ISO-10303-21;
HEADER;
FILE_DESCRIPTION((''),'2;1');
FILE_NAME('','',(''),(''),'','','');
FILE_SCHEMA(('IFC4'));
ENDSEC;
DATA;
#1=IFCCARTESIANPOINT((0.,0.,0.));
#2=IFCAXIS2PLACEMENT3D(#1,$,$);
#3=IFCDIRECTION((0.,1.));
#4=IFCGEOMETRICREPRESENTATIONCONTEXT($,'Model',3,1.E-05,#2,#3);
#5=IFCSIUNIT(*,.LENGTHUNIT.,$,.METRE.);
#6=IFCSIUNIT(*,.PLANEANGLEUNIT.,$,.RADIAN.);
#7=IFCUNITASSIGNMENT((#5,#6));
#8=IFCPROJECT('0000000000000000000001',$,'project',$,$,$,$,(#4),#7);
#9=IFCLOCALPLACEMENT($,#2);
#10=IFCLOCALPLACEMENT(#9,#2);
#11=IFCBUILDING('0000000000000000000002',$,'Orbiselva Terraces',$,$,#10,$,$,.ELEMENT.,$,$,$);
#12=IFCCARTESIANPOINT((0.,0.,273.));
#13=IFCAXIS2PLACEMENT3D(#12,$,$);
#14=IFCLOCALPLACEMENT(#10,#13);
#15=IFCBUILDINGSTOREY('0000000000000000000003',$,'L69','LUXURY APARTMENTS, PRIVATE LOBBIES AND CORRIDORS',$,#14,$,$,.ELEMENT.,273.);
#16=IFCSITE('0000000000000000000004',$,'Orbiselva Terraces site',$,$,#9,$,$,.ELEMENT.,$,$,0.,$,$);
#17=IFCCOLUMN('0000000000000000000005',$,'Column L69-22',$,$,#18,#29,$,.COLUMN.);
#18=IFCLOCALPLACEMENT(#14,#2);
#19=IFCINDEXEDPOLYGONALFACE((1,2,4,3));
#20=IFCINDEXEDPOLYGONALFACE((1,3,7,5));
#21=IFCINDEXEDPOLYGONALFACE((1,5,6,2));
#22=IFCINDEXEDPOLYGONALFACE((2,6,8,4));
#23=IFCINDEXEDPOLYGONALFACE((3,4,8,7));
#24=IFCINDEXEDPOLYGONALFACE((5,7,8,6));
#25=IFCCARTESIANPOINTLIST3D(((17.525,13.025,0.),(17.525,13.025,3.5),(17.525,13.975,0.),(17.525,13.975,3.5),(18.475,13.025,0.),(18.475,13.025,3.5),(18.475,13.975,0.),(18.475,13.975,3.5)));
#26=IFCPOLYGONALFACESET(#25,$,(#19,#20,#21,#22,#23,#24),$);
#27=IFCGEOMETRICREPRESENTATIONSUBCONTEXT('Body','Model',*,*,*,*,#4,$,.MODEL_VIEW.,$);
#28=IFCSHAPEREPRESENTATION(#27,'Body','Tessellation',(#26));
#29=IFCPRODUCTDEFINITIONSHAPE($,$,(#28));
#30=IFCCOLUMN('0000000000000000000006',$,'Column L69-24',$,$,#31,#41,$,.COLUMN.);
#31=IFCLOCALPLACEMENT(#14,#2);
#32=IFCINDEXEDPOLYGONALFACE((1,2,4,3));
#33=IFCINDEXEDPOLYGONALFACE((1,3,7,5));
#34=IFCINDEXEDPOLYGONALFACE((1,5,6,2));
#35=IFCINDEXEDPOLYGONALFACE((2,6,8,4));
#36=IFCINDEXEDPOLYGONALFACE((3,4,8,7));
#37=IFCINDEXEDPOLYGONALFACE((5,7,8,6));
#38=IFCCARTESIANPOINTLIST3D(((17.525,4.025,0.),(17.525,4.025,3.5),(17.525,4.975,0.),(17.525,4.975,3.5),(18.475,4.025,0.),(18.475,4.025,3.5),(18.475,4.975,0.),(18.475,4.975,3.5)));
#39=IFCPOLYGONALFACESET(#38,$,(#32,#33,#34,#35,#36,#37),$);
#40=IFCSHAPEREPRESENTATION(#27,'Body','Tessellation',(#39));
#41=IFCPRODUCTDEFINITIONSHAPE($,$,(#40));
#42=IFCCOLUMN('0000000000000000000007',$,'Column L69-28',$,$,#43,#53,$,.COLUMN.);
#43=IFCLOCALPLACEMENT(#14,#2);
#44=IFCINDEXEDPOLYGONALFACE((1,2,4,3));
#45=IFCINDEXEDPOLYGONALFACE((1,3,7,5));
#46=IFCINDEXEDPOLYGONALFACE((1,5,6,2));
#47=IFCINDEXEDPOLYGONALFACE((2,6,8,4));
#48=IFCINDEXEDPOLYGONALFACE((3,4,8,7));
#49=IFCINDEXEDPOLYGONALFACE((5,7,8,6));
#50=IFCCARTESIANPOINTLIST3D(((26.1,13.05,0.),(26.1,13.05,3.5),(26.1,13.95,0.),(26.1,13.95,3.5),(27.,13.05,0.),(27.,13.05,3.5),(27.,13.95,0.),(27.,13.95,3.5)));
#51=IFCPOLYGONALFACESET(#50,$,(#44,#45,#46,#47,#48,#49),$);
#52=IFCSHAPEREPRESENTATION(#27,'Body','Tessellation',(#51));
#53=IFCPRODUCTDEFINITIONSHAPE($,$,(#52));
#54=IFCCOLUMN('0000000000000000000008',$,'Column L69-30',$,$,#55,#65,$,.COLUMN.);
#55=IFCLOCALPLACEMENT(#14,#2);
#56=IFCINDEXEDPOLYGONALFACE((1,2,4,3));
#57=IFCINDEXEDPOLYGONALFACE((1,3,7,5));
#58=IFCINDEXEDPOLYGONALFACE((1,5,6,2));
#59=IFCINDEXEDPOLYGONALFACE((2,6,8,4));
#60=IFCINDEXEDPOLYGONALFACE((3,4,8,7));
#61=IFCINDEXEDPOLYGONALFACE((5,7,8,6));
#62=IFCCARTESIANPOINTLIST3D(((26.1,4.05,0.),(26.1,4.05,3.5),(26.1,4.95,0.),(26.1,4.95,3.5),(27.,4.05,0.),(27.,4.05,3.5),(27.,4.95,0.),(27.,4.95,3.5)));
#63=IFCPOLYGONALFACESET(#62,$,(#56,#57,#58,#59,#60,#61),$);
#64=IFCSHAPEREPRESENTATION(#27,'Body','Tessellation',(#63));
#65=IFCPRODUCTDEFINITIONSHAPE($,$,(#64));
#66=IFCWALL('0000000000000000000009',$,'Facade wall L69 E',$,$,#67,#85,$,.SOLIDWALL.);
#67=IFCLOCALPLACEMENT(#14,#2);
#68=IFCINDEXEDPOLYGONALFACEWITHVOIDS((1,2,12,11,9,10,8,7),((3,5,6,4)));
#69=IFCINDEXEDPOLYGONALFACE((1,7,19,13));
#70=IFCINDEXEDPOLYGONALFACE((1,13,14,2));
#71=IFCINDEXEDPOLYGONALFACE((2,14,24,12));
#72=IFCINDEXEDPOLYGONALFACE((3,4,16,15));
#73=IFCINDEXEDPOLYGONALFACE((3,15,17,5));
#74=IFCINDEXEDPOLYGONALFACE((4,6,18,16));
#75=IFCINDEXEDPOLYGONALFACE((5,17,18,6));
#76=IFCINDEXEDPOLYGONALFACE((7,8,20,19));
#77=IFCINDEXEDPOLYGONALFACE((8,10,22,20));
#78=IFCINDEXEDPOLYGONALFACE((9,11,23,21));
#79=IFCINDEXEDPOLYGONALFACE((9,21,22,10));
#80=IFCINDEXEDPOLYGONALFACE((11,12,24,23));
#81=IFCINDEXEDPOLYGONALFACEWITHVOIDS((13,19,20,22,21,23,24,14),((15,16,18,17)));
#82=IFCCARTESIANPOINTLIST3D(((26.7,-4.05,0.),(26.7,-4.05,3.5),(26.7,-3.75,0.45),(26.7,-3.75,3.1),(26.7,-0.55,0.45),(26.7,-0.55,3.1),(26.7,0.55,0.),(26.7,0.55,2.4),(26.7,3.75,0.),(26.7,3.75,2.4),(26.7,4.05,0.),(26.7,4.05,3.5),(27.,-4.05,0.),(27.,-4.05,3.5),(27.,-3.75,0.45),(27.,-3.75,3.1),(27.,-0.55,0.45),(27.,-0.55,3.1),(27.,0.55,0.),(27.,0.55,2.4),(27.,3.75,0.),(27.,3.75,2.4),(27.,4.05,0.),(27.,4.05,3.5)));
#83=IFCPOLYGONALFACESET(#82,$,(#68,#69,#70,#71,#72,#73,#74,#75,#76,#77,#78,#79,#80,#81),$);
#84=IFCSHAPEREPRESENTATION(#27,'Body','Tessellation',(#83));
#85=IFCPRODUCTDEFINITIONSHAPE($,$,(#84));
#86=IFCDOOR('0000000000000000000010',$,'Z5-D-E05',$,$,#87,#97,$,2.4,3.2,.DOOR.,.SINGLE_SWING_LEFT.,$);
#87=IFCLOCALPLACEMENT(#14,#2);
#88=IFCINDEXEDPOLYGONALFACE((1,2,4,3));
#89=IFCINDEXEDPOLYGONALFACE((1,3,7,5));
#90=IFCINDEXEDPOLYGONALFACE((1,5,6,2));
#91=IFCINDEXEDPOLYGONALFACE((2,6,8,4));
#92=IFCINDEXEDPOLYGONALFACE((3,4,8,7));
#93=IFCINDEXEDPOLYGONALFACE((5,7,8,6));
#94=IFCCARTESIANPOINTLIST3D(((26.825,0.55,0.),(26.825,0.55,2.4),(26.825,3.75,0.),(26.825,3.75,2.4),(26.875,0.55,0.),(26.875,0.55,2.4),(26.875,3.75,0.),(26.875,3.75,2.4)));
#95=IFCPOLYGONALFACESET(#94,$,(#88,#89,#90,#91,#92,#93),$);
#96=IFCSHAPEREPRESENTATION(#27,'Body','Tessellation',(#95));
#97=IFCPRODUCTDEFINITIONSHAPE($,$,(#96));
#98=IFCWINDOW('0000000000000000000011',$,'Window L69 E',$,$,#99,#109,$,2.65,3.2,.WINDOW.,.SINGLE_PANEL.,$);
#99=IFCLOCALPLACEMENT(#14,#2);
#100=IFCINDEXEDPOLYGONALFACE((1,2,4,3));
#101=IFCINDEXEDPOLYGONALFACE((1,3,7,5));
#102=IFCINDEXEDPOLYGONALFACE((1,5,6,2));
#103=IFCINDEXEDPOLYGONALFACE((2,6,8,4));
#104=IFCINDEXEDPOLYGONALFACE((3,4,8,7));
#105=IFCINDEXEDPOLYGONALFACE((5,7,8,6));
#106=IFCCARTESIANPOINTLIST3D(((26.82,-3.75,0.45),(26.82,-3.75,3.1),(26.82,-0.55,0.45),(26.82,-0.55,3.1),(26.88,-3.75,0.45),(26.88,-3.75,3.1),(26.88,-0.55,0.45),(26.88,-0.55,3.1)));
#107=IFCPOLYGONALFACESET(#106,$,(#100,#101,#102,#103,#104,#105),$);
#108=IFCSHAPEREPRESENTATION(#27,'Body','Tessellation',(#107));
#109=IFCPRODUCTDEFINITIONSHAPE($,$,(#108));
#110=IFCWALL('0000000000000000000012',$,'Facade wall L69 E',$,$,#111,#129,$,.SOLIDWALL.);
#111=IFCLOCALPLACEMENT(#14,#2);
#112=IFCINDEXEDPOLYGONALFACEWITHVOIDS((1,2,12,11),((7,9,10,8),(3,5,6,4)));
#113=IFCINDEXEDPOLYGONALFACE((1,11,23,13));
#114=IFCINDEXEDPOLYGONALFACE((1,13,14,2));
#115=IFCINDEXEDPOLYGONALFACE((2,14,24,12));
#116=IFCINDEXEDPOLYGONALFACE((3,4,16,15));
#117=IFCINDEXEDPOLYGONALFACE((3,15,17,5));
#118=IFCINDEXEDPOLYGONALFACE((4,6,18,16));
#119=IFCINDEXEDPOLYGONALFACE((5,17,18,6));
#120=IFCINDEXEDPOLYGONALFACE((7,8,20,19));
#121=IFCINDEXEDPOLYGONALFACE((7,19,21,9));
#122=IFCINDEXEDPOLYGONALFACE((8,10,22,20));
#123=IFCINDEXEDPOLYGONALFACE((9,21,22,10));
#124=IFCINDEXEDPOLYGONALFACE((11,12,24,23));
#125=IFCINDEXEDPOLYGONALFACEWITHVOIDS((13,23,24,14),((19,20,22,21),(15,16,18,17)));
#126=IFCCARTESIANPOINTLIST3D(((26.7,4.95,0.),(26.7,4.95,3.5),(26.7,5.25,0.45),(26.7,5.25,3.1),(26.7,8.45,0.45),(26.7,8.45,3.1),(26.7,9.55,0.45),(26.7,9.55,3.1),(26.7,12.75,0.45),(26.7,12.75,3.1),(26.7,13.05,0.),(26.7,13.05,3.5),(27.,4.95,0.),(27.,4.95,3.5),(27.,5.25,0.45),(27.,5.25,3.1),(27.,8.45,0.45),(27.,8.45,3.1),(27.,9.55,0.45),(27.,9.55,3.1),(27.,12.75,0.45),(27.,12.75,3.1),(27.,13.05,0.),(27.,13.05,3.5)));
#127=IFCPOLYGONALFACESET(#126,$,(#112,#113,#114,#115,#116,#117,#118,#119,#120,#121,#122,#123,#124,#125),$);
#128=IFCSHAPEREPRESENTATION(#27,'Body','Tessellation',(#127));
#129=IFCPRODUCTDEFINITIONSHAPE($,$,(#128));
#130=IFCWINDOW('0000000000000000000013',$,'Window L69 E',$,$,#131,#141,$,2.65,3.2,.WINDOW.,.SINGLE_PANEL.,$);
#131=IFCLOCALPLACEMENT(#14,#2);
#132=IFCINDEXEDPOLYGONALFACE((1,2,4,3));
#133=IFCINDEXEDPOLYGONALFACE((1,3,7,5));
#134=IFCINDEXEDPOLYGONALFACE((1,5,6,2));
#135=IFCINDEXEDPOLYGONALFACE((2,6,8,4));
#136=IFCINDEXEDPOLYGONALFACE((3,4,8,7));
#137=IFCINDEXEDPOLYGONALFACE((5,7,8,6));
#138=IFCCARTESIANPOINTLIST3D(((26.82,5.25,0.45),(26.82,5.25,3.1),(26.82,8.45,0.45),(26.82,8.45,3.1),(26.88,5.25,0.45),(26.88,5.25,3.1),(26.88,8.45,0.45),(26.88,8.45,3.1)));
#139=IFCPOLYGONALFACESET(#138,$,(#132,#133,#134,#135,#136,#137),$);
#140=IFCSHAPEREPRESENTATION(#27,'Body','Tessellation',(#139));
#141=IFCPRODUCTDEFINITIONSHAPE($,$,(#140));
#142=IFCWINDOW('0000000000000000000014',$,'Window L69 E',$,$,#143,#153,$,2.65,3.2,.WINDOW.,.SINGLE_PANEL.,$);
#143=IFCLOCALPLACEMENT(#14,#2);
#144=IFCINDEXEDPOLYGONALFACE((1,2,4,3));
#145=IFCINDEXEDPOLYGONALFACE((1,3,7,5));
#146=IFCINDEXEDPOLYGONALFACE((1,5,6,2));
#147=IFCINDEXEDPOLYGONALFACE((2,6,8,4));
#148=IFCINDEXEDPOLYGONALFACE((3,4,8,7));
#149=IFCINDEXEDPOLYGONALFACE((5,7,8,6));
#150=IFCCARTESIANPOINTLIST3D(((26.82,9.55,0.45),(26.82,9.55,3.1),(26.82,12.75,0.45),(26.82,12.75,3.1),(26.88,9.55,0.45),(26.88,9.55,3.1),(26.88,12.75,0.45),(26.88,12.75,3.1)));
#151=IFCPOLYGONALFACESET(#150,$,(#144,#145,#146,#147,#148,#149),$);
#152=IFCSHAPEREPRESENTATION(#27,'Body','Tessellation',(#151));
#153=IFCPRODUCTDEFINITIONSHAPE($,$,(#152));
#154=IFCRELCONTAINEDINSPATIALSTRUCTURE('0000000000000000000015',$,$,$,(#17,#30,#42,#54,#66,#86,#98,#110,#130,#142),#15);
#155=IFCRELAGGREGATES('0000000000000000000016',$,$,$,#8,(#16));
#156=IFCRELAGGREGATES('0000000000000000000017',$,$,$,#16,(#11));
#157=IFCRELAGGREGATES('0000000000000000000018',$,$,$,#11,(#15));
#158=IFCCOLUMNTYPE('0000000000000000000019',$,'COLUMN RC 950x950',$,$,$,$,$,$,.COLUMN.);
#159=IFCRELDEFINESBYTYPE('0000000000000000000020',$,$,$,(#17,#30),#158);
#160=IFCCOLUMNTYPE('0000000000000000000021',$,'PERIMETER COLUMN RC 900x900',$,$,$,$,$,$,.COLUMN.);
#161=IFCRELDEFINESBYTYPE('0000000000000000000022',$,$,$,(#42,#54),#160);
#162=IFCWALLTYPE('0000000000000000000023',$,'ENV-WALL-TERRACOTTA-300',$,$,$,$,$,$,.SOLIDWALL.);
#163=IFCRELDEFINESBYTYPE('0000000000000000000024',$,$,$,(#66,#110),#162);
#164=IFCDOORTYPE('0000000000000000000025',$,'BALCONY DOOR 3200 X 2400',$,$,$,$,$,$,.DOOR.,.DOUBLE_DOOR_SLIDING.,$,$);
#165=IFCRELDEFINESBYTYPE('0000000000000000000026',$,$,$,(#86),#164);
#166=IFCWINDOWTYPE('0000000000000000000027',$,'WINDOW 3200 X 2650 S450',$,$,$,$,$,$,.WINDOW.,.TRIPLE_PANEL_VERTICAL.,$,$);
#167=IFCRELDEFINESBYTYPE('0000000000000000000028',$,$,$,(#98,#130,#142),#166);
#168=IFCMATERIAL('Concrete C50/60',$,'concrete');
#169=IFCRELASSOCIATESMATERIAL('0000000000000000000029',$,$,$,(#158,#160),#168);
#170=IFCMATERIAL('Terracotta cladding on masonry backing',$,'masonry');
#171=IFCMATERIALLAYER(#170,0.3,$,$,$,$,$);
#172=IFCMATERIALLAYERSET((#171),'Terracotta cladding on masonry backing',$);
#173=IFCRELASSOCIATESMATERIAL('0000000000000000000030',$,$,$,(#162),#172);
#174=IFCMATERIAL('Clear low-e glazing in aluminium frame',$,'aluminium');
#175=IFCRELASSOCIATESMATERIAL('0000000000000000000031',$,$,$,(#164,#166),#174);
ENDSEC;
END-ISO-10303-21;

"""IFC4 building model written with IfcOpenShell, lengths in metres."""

from ifc_helpers import new_model, si_unit, direction, frame, frame_2d, origin, origin_2d, place, context, subcontext, project, spatial, rectangle, extrude, material, layer, layer_set, material_profile, profile_set, type_object, element, fill, save


model = new_model("IFC4")

# Units and contexts
model_context = context("Model", 3, precision=1e-05, world=origin(), true_north=direction((0.0, 1.0)))
body_context = subcontext(model_context, "Body", "Model", "MODEL_VIEW")
ifc_project = project(units=[si_unit("LENGTHUNIT", "METRE"), si_unit("PLANEANGLEUNIT", "RADIAN")], contexts=[model_context])

# Site, building, storey
site_placement = place(None, origin())
site = spatial("IfcSite", under=ifc_project, at=site_placement, Name="Orbiselva Terraces site", CompositionType="ELEMENT", RefElevation=0.0)
building_placement = place(site_placement, origin())
building = spatial("IfcBuilding", under=site, at=building_placement, Name="Orbiselva Terraces", CompositionType="ELEMENT")
storey_placement = place(building_placement, frame((0.0, 0.0, 273.0)))
storey = spatial("IfcBuildingStorey", under=building, at=storey_placement, Name="L69", Description="LUXURY APARTMENTS, PRIVATE LOBBIES AND CORRIDORS", CompositionType="ELEMENT", Elevation=273.0)

# Columns
ifc_material_1 = material(Name="Concrete C50/60", Category="concrete")
ifc_material_profile_1 = material_profile(ifc_material_1, rectangle(XDim=0.95, YDim=0.95, at=origin_2d()), Name="RC 950x950")
ifc_profile_set_1 = profile_set([ifc_material_profile_1], Name="Concrete C50/60")
column_type_1 = type_object("IfcColumnType", Name="COLUMN RC 950x950", PredefinedType="COLUMN", material=ifc_profile_set_1)
for number, where, z_axis, x_axis, name in (
    (1, (18.0, 13.5, 0.0), (0.0, 0.0, 1.0), (1.0, 0.0, 0.0), "Column L69-22"),
    (2, (18.0, 4.5, 0.0), (0.0, 0.0, 1.0), (1.0, 0.0, 0.0), "Column L69-24"),
):
    element("IfcColumn", number, at=place(storey_placement, frame(where, z_axis=z_axis, x_axis=x_axis)), inside=storey, type_object=column_type_1, Name=name, PredefinedType="COLUMN", context=body_context, shape_type="SweptSolid", body=[
        extrude(rectangle(XDim=0.95, YDim=0.95, at=origin_2d()), origin(), (0.0, 0.0, 1.0), 3.5),
    ])
ifc_material_profile_2 = material_profile(ifc_material_1, rectangle(XDim=0.9, YDim=0.9, at=origin_2d()), Name="RC 900x900")
ifc_profile_set_2 = profile_set([ifc_material_profile_2], Name="Concrete C50/60")
column_type_2 = type_object("IfcColumnType", Name="PERIMETER COLUMN RC 900x900", PredefinedType="COLUMN", material=ifc_profile_set_2)
for number, where, z_axis, x_axis, name in (
    (3, (26.55, 13.5, 0.0), (0.0, 0.0, 1.0), (1.0, 0.0, 0.0), "Column L69-28"),
    (4, (26.55, 4.5, 0.0), (0.0, 0.0, 1.0), (1.0, 0.0, 0.0), "Column L69-30"),
):
    element("IfcColumn", number, at=place(storey_placement, frame(where, z_axis=z_axis, x_axis=x_axis)), inside=storey, type_object=column_type_2, Name=name, PredefinedType="COLUMN", context=body_context, shape_type="SweptSolid", body=[
        extrude(rectangle(XDim=0.9, YDim=0.9, at=origin_2d()), origin(), (0.0, 0.0, 1.0), 3.5),
    ])

# Wall, openings, door, window
ifc_material_2 = material(Name="Terracotta cladding on masonry backing", Category="masonry")
ifc_layer_1 = layer(ifc_material_2, 0.3)
ifc_layer_set_1 = layer_set([ifc_layer_1], Name="Terracotta cladding on masonry backing")
wall_type_1 = type_object("IfcWallType", Name="ENV-WALL-TERRACOTTA-300", PredefinedType="SOLIDWALL", material=ifc_layer_set_1)
wall_1_placement = place(storey_placement, frame((26.85, 4.05, 0.0), z_axis=(0.0, 0.0, 1.0), x_axis=(0.0, -1.0, 0.0)))
wall_1 = element("IfcWall", 5, at=wall_1_placement, inside=storey, type_object=wall_type_1, Name="Facade wall L69 E", PredefinedType="SOLIDWALL", context=body_context, shape_type="SweptSolid", body=[
    extrude(rectangle(XDim=8.1, YDim=0.3, at=frame_2d((4.05, 0.0))), origin(), (0.0, 0.0, 1.0), 3.5),
])
opening_1_placement = place(wall_1_placement, frame((4.6, 0.0, 0.45)))
opening_1 = element("IfcOpeningElement", 6, at=opening_1_placement, cuts=wall_1, PredefinedType="OPENING", context=body_context, shape_type="SweptSolid", body=[
    extrude(rectangle(XDim=3.2, YDim=2.65, at=frame_2d((1.6, 1.325))), frame((0.0, 0.16, 0.0), z_axis=(0.0, -1.0, 0.0), x_axis=(1.0, 0.0, 0.0)), (0.0, 0.0, 1.0), 0.32),
])
opening_2_placement = place(wall_1_placement, frame((0.3, 0.0, 0.0)))
opening_2 = element("IfcOpeningElement", 7, at=opening_2_placement, cuts=wall_1, PredefinedType="OPENING", context=body_context, shape_type="SweptSolid", body=[
    extrude(rectangle(XDim=3.2, YDim=2.4, at=frame_2d((1.6, 1.2))), frame((0.0, 0.16, 0.0), z_axis=(0.0, -1.0, 0.0), x_axis=(1.0, 0.0, 0.0)), (0.0, 0.0, 1.0), 0.32),
])
ifc_material_3 = material(Name="Clear low-e glazing in aluminium frame", Category="aluminium")
door_type_1 = type_object("IfcDoorType", Name="BALCONY DOOR 3200 X 2400", OperationType="DOUBLE_DOOR_SLIDING", PredefinedType="DOOR", material=ifc_material_3)
door_1_placement = place(opening_2_placement, origin())
door_1 = element("IfcDoor", 8, at=door_1_placement, inside=storey, type_object=door_type_1, Name="Z5-D-E05", OperationType="SINGLE_SWING_LEFT", OverallHeight=2.4, OverallWidth=3.2, PredefinedType="DOOR", context=body_context, shape_type="SweptSolid", body=[
    extrude(rectangle(XDim=3.2, YDim=2.4, at=frame_2d((1.6, 1.2))), frame((0.0, 0.025, 0.0), z_axis=(0.0, -1.0, 0.0), x_axis=(1.0, 0.0, 0.0)), (0.0, 0.0, 1.0), 0.05),
])
fill(opening_2, door_1)
window_type = type_object("IfcWindowType", Name="WINDOW 3200 X 2650 S450", PartitioningType="TRIPLE_PANEL_VERTICAL", PredefinedType="WINDOW", material=ifc_material_3)
window_1_placement = place(opening_1_placement, origin())
window_1 = element("IfcWindow", 9, at=window_1_placement, inside=storey, type_object=window_type, Name="Window L69 E", OverallHeight=2.65, OverallWidth=3.2, PartitioningType="SINGLE_PANEL", PredefinedType="WINDOW", context=body_context, shape_type="SweptSolid", body=[
    extrude(rectangle(XDim=3.2, YDim=2.65, at=frame_2d((1.6, 1.325))), frame((0.0, 0.03, 0.0), z_axis=(0.0, -1.0, 0.0), x_axis=(1.0, 0.0, 0.0)), (0.0, 0.0, 1.0), 0.06),
])
fill(opening_1, window_1)

# Wall, openings, windows
wall_2_placement = place(storey_placement, frame((26.85, 13.05, 0.0), z_axis=(0.0, 0.0, 1.0), x_axis=(0.0, -1.0, 0.0)))
wall_2 = element("IfcWall", 10, at=wall_2_placement, inside=storey, type_object=wall_type_1, Name="Facade wall L69 E", PredefinedType="SOLIDWALL", context=body_context, shape_type="SweptSolid", body=[
    extrude(rectangle(XDim=8.1, YDim=0.3, at=frame_2d((4.05, 0.0))), origin(), (0.0, 0.0, 1.0), 3.5),
])
opening_3_placement = place(wall_2_placement, frame((4.6, 0.0, 0.45)))
opening_3 = element("IfcOpeningElement", 11, at=opening_3_placement, cuts=wall_2, PredefinedType="OPENING", context=body_context, shape_type="SweptSolid", body=[
    extrude(rectangle(XDim=3.2, YDim=2.65, at=frame_2d((1.6, 1.325))), frame((0.0, 0.16, 0.0), z_axis=(0.0, -1.0, 0.0), x_axis=(1.0, 0.0, 0.0)), (0.0, 0.0, 1.0), 0.32),
])
opening_4_placement = place(wall_2_placement, frame((0.3, 0.0, 0.45)))
opening_4 = element("IfcOpeningElement", 12, at=opening_4_placement, cuts=wall_2, PredefinedType="OPENING", context=body_context, shape_type="SweptSolid", body=[
    extrude(rectangle(XDim=3.2, YDim=2.65, at=frame_2d((1.6, 1.325))), frame((0.0, 0.16, 0.0), z_axis=(0.0, -1.0, 0.0), x_axis=(1.0, 0.0, 0.0)), (0.0, 0.0, 1.0), 0.32),
])
window_2_placement = place(opening_3_placement, origin())
window_2 = element("IfcWindow", 13, at=window_2_placement, inside=storey, type_object=window_type, Name="Window L69 E", OverallHeight=2.65, OverallWidth=3.2, PartitioningType="SINGLE_PANEL", PredefinedType="WINDOW", context=body_context, shape_type="SweptSolid", body=[
    extrude(rectangle(XDim=3.2, YDim=2.65, at=frame_2d((1.6, 1.325))), frame((0.0, 0.03, 0.0), z_axis=(0.0, -1.0, 0.0), x_axis=(1.0, 0.0, 0.0)), (0.0, 0.0, 1.0), 0.06),
])
fill(opening_3, window_2)
window_3_placement = place(opening_4_placement, origin())
window_3 = element("IfcWindow", 14, at=window_3_placement, inside=storey, type_object=window_type, Name="Window L69 E", OverallHeight=2.65, OverallWidth=3.2, PartitioningType="SINGLE_PANEL", PredefinedType="WINDOW", context=body_context, shape_type="SweptSolid", body=[
    extrude(rectangle(XDim=3.2, YDim=2.65, at=frame_2d((1.6, 1.325))), frame((0.0, 0.03, 0.0), z_axis=(0.0, -1.0, 0.0), x_axis=(1.0, 0.0, 0.0)), (0.0, 0.0, 1.0), 0.06),
])
fill(opening_4, window_3)

save(model, "model.ifc")
